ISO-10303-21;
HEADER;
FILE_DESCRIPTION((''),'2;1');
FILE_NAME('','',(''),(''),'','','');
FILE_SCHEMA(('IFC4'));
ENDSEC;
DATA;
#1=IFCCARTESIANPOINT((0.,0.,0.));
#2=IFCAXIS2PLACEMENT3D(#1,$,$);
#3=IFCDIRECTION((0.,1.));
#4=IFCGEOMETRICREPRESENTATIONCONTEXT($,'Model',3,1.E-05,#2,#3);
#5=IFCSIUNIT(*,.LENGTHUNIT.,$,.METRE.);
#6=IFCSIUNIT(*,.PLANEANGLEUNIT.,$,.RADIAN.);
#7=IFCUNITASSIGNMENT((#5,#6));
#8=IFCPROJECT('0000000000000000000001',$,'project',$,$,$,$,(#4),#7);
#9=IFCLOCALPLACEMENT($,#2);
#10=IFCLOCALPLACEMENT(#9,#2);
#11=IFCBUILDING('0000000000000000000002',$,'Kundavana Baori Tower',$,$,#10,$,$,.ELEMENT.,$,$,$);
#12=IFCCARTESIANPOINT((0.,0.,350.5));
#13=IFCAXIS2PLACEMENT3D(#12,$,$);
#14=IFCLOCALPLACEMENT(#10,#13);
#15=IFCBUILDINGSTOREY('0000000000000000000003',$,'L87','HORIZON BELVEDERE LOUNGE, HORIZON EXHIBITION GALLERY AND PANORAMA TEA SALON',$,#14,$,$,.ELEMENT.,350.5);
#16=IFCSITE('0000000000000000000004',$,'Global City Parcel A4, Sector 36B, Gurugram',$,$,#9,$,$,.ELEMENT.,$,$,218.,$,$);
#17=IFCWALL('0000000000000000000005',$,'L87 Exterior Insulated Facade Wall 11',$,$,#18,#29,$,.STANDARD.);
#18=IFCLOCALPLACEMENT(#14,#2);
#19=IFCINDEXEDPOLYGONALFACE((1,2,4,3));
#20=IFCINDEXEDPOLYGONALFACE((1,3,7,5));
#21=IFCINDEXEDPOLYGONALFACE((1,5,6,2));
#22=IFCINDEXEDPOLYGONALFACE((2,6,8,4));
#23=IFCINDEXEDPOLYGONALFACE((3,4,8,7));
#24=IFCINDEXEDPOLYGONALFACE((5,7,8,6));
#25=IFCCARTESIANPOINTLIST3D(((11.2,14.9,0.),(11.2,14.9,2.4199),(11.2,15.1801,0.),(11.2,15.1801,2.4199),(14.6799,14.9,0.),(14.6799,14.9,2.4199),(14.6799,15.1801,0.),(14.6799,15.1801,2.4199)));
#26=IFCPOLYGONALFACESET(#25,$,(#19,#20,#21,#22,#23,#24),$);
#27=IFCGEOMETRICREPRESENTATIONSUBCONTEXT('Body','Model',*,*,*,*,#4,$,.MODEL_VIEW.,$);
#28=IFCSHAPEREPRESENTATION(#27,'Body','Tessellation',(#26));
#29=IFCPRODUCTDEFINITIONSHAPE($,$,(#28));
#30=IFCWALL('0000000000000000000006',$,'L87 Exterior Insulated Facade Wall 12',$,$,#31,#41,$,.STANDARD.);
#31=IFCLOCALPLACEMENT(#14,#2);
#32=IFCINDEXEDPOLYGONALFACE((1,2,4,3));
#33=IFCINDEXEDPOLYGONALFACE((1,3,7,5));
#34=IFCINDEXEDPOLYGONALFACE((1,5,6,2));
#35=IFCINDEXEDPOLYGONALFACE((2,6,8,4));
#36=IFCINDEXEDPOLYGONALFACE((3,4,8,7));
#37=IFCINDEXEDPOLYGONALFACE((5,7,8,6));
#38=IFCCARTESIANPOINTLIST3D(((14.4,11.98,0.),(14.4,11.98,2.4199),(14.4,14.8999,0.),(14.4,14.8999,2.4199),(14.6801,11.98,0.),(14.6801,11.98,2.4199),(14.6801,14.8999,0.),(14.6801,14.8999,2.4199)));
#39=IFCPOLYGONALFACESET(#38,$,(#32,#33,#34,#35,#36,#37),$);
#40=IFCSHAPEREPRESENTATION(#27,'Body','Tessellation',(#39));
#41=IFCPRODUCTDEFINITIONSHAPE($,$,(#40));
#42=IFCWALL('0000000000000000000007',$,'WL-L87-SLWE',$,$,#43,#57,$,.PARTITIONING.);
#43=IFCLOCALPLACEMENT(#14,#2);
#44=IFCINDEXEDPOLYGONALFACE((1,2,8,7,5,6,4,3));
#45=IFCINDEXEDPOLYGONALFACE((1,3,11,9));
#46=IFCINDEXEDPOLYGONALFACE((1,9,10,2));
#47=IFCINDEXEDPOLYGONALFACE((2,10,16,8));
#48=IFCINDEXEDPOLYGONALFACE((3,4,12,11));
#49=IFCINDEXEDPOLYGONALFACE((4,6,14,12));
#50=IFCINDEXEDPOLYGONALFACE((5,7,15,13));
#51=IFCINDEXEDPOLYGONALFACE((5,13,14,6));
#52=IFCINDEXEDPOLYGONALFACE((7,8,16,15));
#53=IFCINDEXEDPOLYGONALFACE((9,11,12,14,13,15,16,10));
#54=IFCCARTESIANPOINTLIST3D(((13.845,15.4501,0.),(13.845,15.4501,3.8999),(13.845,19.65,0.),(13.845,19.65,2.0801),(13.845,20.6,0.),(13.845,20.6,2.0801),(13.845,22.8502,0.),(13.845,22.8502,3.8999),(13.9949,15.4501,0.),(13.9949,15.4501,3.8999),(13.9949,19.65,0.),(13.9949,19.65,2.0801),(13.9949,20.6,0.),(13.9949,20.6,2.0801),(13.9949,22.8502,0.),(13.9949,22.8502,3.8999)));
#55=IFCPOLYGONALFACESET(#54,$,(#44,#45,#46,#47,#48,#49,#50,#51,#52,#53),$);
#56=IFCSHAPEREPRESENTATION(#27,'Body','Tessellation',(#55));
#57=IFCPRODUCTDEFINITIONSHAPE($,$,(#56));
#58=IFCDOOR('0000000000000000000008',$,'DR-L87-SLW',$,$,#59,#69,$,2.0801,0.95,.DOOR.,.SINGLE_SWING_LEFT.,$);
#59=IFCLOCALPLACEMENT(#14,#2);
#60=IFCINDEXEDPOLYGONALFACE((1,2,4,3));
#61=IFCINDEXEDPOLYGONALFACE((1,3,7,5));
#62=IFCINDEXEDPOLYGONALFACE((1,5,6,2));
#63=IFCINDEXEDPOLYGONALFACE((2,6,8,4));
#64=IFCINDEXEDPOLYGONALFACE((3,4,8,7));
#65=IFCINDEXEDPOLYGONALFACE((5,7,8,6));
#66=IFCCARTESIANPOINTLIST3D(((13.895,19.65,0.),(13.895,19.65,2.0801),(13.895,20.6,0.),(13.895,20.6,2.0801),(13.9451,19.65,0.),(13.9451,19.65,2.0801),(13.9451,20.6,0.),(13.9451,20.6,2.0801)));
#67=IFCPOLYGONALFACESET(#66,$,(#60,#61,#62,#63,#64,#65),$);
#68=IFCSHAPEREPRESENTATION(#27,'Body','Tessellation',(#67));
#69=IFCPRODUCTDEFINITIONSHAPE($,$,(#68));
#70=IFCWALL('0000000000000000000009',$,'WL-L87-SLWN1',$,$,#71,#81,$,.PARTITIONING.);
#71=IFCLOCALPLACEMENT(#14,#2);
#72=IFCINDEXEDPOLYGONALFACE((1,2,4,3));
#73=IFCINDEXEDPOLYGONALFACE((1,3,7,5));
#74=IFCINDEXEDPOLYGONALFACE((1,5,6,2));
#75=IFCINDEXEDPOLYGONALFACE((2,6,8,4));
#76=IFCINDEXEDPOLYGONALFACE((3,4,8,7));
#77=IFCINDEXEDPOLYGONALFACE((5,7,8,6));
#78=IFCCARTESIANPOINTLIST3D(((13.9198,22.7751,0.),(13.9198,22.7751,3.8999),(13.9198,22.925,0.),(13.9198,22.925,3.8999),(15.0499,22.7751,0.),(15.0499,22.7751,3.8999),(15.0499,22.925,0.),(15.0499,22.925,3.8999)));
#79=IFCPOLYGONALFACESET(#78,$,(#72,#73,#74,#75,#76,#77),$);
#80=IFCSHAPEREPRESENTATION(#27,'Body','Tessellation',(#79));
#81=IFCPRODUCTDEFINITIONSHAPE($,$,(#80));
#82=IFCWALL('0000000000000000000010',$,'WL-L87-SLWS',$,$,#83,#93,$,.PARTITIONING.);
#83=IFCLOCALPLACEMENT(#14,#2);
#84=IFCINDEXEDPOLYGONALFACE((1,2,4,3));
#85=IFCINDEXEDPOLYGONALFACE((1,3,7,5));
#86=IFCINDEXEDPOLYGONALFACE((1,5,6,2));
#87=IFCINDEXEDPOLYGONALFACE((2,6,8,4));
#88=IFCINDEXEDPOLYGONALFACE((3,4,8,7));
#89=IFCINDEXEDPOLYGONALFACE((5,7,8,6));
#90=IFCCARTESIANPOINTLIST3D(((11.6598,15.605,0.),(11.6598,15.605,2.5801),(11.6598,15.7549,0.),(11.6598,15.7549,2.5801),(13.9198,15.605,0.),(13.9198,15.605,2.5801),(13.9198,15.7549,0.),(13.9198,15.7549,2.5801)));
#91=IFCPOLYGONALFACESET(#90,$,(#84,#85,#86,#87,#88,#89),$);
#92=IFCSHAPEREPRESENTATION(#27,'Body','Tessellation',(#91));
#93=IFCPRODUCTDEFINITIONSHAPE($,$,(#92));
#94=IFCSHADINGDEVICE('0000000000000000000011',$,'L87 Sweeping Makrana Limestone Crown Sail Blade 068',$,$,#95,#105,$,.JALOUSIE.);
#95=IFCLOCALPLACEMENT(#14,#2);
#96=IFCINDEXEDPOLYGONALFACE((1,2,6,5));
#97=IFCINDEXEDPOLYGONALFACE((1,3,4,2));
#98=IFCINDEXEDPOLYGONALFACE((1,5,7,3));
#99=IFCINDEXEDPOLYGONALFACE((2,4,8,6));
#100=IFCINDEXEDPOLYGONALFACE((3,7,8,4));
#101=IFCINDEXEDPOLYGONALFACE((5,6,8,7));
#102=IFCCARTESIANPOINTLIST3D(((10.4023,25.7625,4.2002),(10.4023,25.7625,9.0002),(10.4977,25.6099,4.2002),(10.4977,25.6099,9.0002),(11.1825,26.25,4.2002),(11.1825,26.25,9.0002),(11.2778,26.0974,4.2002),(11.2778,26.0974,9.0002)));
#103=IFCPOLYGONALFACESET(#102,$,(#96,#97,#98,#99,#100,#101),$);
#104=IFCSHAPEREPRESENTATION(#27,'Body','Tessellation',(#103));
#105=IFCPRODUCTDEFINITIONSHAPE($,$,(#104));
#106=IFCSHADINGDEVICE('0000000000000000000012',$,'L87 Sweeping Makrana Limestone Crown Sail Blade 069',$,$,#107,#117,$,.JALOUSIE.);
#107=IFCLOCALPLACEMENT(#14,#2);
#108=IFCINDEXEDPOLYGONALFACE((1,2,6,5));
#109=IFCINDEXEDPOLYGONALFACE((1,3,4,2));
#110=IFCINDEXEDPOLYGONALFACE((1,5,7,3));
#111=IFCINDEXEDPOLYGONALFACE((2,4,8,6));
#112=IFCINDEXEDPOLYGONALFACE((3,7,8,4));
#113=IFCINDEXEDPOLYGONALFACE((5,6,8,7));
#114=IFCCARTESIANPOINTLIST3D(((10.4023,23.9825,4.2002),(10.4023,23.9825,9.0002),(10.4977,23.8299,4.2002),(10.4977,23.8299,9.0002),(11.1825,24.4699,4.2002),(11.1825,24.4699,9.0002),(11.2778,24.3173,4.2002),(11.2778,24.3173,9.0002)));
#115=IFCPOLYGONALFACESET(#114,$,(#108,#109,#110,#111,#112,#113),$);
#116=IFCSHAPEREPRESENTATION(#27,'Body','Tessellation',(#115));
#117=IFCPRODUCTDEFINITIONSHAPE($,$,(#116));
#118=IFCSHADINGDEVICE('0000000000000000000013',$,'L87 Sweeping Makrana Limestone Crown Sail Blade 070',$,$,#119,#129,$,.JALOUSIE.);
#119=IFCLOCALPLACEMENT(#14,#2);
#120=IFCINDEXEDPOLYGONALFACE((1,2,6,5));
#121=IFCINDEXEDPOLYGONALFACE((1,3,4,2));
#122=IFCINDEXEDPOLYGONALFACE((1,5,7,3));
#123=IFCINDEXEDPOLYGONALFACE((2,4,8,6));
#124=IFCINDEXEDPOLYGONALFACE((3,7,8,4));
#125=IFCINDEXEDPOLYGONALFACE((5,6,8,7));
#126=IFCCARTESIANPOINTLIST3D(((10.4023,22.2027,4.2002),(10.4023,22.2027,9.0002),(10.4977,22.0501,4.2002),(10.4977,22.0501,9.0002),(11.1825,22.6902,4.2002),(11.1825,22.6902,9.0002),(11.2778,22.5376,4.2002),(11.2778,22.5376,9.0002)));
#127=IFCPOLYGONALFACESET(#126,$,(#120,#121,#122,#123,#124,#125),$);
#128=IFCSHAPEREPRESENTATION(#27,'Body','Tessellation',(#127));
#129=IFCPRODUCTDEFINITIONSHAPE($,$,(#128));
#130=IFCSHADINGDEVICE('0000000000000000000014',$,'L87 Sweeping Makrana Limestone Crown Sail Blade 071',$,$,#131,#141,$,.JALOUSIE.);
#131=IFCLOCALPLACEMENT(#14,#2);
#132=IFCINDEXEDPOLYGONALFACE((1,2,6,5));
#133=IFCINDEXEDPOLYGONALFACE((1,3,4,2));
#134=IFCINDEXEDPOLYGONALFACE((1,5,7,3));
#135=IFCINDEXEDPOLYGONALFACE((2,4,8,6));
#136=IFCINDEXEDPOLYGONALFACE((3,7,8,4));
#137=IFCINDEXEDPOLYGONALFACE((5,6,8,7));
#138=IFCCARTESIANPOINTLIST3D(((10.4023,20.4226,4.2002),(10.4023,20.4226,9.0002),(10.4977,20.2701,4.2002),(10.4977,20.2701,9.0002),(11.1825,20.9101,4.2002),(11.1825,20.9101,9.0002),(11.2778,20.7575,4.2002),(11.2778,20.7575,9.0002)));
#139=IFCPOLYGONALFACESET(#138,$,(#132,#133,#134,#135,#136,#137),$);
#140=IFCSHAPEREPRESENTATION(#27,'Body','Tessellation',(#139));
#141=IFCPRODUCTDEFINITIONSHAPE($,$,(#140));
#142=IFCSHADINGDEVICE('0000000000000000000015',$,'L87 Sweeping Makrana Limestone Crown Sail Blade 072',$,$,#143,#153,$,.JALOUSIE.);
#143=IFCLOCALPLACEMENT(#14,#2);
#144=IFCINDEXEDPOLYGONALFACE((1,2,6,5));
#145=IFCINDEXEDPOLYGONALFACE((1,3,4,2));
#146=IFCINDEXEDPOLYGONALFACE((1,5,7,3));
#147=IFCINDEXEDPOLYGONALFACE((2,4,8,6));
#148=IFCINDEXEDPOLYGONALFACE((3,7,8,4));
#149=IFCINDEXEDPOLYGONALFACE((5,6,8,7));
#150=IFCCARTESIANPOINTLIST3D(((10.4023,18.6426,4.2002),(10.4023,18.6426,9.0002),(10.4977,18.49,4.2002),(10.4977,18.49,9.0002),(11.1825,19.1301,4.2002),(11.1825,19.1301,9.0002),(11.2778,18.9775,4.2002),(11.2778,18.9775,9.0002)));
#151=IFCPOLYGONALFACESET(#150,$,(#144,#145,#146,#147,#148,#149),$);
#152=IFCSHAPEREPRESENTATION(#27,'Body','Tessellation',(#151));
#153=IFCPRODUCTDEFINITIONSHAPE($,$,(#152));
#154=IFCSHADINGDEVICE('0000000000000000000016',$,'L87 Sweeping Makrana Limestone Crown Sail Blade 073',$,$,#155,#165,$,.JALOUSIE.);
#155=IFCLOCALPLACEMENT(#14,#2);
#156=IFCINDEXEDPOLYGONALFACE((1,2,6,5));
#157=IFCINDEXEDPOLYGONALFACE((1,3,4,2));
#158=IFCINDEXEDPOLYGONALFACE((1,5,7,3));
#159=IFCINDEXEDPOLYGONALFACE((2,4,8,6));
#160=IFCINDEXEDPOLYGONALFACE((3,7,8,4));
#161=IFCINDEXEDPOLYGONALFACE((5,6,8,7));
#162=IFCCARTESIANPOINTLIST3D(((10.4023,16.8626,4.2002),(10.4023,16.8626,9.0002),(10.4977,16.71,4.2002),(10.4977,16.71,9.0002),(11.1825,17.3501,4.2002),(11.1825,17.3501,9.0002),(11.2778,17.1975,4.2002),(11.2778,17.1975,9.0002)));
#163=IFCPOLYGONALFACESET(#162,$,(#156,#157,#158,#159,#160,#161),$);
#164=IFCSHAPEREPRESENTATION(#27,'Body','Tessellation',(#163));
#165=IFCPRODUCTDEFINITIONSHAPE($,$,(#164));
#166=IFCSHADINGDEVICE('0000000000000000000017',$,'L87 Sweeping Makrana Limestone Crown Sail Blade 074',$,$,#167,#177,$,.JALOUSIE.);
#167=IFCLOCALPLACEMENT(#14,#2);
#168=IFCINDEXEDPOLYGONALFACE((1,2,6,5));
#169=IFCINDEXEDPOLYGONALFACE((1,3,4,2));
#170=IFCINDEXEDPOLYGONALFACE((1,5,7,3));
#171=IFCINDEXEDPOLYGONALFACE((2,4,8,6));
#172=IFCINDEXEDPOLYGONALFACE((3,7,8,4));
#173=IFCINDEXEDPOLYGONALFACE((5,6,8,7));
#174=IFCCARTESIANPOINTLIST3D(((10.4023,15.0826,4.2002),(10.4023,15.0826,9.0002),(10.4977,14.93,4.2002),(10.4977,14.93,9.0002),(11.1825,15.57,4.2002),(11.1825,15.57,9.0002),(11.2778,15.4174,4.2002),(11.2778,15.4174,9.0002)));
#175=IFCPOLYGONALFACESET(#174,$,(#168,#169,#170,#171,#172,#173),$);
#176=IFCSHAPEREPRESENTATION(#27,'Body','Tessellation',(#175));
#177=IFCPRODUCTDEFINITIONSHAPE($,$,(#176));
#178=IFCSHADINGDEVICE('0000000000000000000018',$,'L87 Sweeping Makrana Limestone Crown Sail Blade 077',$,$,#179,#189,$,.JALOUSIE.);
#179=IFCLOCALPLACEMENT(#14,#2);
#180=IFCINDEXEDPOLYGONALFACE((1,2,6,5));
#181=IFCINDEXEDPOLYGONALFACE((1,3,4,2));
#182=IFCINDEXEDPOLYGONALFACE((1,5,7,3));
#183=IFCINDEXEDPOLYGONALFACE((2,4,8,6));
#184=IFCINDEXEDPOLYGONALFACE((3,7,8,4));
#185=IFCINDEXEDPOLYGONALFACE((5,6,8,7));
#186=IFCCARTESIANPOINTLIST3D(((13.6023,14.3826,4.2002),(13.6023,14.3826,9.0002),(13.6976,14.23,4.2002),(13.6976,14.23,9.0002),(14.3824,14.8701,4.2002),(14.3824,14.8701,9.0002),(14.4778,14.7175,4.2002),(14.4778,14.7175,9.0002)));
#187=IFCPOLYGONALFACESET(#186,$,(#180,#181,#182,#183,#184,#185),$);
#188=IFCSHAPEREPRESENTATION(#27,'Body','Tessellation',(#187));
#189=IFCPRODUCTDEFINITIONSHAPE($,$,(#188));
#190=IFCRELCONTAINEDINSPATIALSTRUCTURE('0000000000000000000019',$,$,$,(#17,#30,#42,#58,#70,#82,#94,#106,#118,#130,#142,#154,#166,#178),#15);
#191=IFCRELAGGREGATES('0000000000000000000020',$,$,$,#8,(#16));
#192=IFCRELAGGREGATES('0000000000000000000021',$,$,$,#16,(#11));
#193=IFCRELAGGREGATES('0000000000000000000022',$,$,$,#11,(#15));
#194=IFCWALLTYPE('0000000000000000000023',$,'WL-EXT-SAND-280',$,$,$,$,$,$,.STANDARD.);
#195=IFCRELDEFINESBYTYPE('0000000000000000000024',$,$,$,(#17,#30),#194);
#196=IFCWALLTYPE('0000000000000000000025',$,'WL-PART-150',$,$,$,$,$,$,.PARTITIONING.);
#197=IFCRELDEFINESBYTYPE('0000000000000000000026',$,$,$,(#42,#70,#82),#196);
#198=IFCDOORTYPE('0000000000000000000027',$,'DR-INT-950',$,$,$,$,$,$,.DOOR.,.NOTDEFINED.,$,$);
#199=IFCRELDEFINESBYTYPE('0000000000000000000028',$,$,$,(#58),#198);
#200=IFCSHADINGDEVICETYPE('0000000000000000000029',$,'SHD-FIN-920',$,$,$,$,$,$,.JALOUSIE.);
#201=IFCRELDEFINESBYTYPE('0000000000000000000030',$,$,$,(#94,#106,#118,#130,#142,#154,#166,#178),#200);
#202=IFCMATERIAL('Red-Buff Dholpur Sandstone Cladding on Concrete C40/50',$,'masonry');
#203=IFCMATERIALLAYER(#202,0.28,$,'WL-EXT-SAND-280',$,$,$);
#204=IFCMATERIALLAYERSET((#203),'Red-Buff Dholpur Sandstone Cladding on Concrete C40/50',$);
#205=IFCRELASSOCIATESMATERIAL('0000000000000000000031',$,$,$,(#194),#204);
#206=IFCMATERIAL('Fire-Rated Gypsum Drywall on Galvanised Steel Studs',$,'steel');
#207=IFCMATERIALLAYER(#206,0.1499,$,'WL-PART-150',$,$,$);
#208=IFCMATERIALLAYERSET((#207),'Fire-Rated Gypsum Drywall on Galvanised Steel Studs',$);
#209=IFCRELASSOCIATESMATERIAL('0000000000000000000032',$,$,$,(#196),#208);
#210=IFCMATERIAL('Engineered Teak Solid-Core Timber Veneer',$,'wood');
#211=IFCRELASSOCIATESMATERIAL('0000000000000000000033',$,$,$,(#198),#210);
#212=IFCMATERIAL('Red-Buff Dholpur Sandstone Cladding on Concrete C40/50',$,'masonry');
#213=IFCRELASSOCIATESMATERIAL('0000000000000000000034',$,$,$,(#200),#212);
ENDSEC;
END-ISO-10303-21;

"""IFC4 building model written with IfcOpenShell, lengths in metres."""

from ifc_helpers import new_model, si_unit, direction, frame, frame_2d, origin, origin_2d, place, context, subcontext, project, spatial, rectangle, extrude, material, layer, layer_set, type_object, element, fill, save


model = new_model("IFC4")

# Units and contexts
model_context = context("Model", 3, precision=1e-05, world=origin(), true_north=direction((0.0, 1.0)))
body_context = subcontext(model_context, "Body", "Model", "MODEL_VIEW")
ifc_project = project(units=[si_unit("LENGTHUNIT", "METRE"), si_unit("PLANEANGLEUNIT", "RADIAN")], contexts=[model_context])

# Site, building, storey
site_placement = place(None, origin())
site = spatial("IfcSite", under=ifc_project, at=site_placement, Name="Global City Parcel A4, Sector 36B, Gurugram", CompositionType="ELEMENT", RefElevation=218.0)
building_placement = place(site_placement, origin())
building = spatial("IfcBuilding", under=site, at=building_placement, Name="Kundavana Baori Tower", CompositionType="ELEMENT")
storey_placement = place(building_placement, frame((0.0, 0.0, 350.5)))
storey = spatial("IfcBuildingStorey", under=building, at=storey_placement, Name="L87", Description="HORIZON BELVEDERE LOUNGE, HORIZON EXHIBITION GALLERY AND PANORAMA TEA SALON", CompositionType="ELEMENT", Elevation=350.5)

# Walls
ifc_material_1 = material(Name="Red-Buff Dholpur Sandstone Cladding on Concrete C40/50", Category="masonry")
ifc_layer_1 = layer(ifc_material_1, 0.28, Name="WL-EXT-SAND-280")
ifc_layer_set_1 = layer_set([ifc_layer_1], Name="Red-Buff Dholpur Sandstone Cladding on Concrete C40/50")
wall_type_1 = type_object("IfcWallType", Name="WL-EXT-SAND-280", PredefinedType="STANDARD", material=ifc_layer_set_1)
wall_1_placement = place(storey_placement, frame((11.2, 15.04, 0.0), z_axis=(0.0, 0.0, 1.0), x_axis=(1.0, 0.0, 0.0)))
element("IfcWall", 1, at=wall_1_placement, inside=storey, type_object=wall_type_1, Name="L87 Exterior Insulated Facade Wall 11", PredefinedType="STANDARD", context=body_context, shape_type="SweptSolid", body=[
    extrude(rectangle(XDim=3.48, YDim=0.28, at=frame_2d((1.74, 0.0))), origin(), (0.0, 0.0, 1.0), 2.4199),
])
wall_2_placement = place(storey_placement, frame((14.54, 14.8999, 0.0), z_axis=(0.0, 0.0, 1.0), x_axis=(0.0, -1.0, 0.0)))
element("IfcWall", 2, at=wall_2_placement, inside=storey, type_object=wall_type_1, Name="L87 Exterior Insulated Facade Wall 12", PredefinedType="STANDARD", context=body_context, shape_type="SweptSolid", body=[
    extrude(rectangle(XDim=2.9199, YDim=0.28, at=frame_2d((1.46, 0.0))), origin(), (0.0, 0.0, 1.0), 2.4199),
])

# Wall, opening, door
ifc_material_2 = material(Name="Fire-Rated Gypsum Drywall on Galvanised Steel Studs", Category="steel")
ifc_layer_2 = layer(ifc_material_2, 0.1499, Name="WL-PART-150")
ifc_layer_set_2 = layer_set([ifc_layer_2], Name="Fire-Rated Gypsum Drywall on Galvanised Steel Studs")
wall_type_2 = type_object("IfcWallType", Name="WL-PART-150", PredefinedType="PARTITIONING", material=ifc_layer_set_2)
wall_3_placement = place(storey_placement, frame((13.9199, 15.45, 0.0), z_axis=(0.0, 0.0, 1.0), x_axis=(0.0, 1.0, 0.0)))
wall_3 = element("IfcWall", 3, at=wall_3_placement, inside=storey, type_object=wall_type_2, Name="WL-L87-SLWE", PredefinedType="PARTITIONING", context=body_context, shape_type="SweptSolid", body=[
    extrude(rectangle(XDim=7.4001, YDim=0.1499, at=frame_2d((3.7002, 0.0))), origin(), (0.0, 0.0, 1.0), 3.8999),
])
opening_placement = place(wall_3_placement, frame((4.2, 0.0, 0.0)))
opening = element("IfcOpeningElement", 4, at=opening_placement, cuts=wall_3, PredefinedType="OPENING", context=body_context, shape_type="SweptSolid", body=[
    extrude(rectangle(XDim=0.95, YDim=2.0801, at=frame_2d((0.4751, 1.04))), frame((0.0, 0.085, 0.0), z_axis=(0.0, -1.0, 0.0), x_axis=(1.0, 0.0, 0.0)), (0.0, 0.0, 1.0), 0.1699),
])
ifc_material_3 = material(Name="Engineered Teak Solid-Core Timber Veneer", Category="wood")
door_type = type_object("IfcDoorType", Name="DR-INT-950", OperationType="NOTDEFINED", PredefinedType="DOOR", material=ifc_material_3)
door_placement = place(opening_placement, origin())
door = element("IfcDoor", 5, at=door_placement, inside=storey, type_object=door_type, Name="DR-L87-SLW", OperationType="SINGLE_SWING_LEFT", OverallHeight=2.0801, OverallWidth=0.95, PredefinedType="DOOR", context=body_context, shape_type="SweptSolid", body=[
    extrude(rectangle(XDim=0.95, YDim=2.0801, at=frame_2d((0.4751, 1.04))), frame((0.0, 0.0249, 0.0), z_axis=(0.0, -1.0, 0.0), x_axis=(1.0, 0.0, 0.0)), (0.0, 0.0, 1.0), 0.05),
])
fill(opening, door)

# Walls
wall_4_placement = place(storey_placement, frame((13.9199, 22.8501, 0.0), z_axis=(0.0, 0.0, 1.0), x_axis=(1.0, 0.0, 0.0)))
element("IfcWall", 6, at=wall_4_placement, inside=storey, type_object=wall_type_2, Name="WL-L87-SLWN1", PredefinedType="PARTITIONING", context=body_context, shape_type="SweptSolid", body=[
    extrude(rectangle(XDim=1.1301, YDim=0.1499, at=frame_2d((0.5649, 0.0))), origin(), (0.0, 0.0, 1.0), 3.8999),
])
wall_5_placement = place(storey_placement, frame((11.6599, 15.6799, 0.0), z_axis=(0.0, 0.0, 1.0), x_axis=(1.0, 0.0, 0.0)))
element("IfcWall", 7, at=wall_5_placement, inside=storey, type_object=wall_type_2, Name="WL-L87-SLWS", PredefinedType="PARTITIONING", context=body_context, shape_type="SweptSolid", body=[
    extrude(rectangle(XDim=2.26, YDim=0.1499, at=frame_2d((1.1299, 0.0))), origin(), (0.0, 0.0, 1.0), 2.5801),
])

# Shading devices
ifc_material_4 = material(Name="Red-Buff Dholpur Sandstone Cladding on Concrete C40/50", Category="masonry")
shading_device_type = type_object("IfcShadingDeviceType", Name="SHD-FIN-920", PredefinedType="JALOUSIE", material=ifc_material_4)
for number, where, z_axis, x_axis, name in (
    (8, (10.8401, 25.9299, 4.2002), (0.0, 0.0, 1.0), (-0.529919, 0.848048, 0.0), "L87 Sweeping Makrana Limestone Crown Sail Blade 068"),
    (9, (10.8401, 24.1499, 4.2002), (0.0, 0.0, 1.0), (-0.529919, 0.848048, 0.0), "L87 Sweeping Makrana Limestone Crown Sail Blade 069"),
    (10, (10.8401, 22.3701, 4.2002), (0.0, 0.0, 1.0), (-0.529919, 0.848048, 0.0), "L87 Sweeping Makrana Limestone Crown Sail Blade 070"),
    (11, (10.8401, 20.5901, 4.2002), (0.0, 0.0, 1.0), (-0.529919, 0.848048, 0.0), "L87 Sweeping Makrana Limestone Crown Sail Blade 071"),
    (12, (10.8401, 18.8101, 4.2002), (0.0, 0.0, 1.0), (-0.529919, 0.848048, 0.0), "L87 Sweeping Makrana Limestone Crown Sail Blade 072"),
    (13, (10.8401, 17.03, 4.2002), (0.0, 0.0, 1.0), (-0.529919, 0.848048, 0.0), "L87 Sweeping Makrana Limestone Crown Sail Blade 073"),
    (14, (10.8401, 15.25, 4.2002), (0.0, 0.0, 1.0), (-0.529919, 0.848048, 0.0), "L87 Sweeping Makrana Limestone Crown Sail Blade 074"),
    (15, (14.04, 14.55, 4.2002), (0.0, 0.0, 1.0), (-0.529919, 0.848048, 0.0), "L87 Sweeping Makrana Limestone Crown Sail Blade 077"),
):
    element("IfcShadingDevice", number, at=place(storey_placement, frame(where, z_axis=z_axis, x_axis=x_axis)), inside=storey, type_object=shading_device_type, Name=name, PredefinedType="JALOUSIE", context=body_context, shape_type="SweptSolid", body=[
        extrude(rectangle(XDim=0.1799, YDim=0.9199, at=origin_2d()), origin(), (0.0, 0.0, 1.0), 4.8),
    ])

save(model, "model.ifc")
